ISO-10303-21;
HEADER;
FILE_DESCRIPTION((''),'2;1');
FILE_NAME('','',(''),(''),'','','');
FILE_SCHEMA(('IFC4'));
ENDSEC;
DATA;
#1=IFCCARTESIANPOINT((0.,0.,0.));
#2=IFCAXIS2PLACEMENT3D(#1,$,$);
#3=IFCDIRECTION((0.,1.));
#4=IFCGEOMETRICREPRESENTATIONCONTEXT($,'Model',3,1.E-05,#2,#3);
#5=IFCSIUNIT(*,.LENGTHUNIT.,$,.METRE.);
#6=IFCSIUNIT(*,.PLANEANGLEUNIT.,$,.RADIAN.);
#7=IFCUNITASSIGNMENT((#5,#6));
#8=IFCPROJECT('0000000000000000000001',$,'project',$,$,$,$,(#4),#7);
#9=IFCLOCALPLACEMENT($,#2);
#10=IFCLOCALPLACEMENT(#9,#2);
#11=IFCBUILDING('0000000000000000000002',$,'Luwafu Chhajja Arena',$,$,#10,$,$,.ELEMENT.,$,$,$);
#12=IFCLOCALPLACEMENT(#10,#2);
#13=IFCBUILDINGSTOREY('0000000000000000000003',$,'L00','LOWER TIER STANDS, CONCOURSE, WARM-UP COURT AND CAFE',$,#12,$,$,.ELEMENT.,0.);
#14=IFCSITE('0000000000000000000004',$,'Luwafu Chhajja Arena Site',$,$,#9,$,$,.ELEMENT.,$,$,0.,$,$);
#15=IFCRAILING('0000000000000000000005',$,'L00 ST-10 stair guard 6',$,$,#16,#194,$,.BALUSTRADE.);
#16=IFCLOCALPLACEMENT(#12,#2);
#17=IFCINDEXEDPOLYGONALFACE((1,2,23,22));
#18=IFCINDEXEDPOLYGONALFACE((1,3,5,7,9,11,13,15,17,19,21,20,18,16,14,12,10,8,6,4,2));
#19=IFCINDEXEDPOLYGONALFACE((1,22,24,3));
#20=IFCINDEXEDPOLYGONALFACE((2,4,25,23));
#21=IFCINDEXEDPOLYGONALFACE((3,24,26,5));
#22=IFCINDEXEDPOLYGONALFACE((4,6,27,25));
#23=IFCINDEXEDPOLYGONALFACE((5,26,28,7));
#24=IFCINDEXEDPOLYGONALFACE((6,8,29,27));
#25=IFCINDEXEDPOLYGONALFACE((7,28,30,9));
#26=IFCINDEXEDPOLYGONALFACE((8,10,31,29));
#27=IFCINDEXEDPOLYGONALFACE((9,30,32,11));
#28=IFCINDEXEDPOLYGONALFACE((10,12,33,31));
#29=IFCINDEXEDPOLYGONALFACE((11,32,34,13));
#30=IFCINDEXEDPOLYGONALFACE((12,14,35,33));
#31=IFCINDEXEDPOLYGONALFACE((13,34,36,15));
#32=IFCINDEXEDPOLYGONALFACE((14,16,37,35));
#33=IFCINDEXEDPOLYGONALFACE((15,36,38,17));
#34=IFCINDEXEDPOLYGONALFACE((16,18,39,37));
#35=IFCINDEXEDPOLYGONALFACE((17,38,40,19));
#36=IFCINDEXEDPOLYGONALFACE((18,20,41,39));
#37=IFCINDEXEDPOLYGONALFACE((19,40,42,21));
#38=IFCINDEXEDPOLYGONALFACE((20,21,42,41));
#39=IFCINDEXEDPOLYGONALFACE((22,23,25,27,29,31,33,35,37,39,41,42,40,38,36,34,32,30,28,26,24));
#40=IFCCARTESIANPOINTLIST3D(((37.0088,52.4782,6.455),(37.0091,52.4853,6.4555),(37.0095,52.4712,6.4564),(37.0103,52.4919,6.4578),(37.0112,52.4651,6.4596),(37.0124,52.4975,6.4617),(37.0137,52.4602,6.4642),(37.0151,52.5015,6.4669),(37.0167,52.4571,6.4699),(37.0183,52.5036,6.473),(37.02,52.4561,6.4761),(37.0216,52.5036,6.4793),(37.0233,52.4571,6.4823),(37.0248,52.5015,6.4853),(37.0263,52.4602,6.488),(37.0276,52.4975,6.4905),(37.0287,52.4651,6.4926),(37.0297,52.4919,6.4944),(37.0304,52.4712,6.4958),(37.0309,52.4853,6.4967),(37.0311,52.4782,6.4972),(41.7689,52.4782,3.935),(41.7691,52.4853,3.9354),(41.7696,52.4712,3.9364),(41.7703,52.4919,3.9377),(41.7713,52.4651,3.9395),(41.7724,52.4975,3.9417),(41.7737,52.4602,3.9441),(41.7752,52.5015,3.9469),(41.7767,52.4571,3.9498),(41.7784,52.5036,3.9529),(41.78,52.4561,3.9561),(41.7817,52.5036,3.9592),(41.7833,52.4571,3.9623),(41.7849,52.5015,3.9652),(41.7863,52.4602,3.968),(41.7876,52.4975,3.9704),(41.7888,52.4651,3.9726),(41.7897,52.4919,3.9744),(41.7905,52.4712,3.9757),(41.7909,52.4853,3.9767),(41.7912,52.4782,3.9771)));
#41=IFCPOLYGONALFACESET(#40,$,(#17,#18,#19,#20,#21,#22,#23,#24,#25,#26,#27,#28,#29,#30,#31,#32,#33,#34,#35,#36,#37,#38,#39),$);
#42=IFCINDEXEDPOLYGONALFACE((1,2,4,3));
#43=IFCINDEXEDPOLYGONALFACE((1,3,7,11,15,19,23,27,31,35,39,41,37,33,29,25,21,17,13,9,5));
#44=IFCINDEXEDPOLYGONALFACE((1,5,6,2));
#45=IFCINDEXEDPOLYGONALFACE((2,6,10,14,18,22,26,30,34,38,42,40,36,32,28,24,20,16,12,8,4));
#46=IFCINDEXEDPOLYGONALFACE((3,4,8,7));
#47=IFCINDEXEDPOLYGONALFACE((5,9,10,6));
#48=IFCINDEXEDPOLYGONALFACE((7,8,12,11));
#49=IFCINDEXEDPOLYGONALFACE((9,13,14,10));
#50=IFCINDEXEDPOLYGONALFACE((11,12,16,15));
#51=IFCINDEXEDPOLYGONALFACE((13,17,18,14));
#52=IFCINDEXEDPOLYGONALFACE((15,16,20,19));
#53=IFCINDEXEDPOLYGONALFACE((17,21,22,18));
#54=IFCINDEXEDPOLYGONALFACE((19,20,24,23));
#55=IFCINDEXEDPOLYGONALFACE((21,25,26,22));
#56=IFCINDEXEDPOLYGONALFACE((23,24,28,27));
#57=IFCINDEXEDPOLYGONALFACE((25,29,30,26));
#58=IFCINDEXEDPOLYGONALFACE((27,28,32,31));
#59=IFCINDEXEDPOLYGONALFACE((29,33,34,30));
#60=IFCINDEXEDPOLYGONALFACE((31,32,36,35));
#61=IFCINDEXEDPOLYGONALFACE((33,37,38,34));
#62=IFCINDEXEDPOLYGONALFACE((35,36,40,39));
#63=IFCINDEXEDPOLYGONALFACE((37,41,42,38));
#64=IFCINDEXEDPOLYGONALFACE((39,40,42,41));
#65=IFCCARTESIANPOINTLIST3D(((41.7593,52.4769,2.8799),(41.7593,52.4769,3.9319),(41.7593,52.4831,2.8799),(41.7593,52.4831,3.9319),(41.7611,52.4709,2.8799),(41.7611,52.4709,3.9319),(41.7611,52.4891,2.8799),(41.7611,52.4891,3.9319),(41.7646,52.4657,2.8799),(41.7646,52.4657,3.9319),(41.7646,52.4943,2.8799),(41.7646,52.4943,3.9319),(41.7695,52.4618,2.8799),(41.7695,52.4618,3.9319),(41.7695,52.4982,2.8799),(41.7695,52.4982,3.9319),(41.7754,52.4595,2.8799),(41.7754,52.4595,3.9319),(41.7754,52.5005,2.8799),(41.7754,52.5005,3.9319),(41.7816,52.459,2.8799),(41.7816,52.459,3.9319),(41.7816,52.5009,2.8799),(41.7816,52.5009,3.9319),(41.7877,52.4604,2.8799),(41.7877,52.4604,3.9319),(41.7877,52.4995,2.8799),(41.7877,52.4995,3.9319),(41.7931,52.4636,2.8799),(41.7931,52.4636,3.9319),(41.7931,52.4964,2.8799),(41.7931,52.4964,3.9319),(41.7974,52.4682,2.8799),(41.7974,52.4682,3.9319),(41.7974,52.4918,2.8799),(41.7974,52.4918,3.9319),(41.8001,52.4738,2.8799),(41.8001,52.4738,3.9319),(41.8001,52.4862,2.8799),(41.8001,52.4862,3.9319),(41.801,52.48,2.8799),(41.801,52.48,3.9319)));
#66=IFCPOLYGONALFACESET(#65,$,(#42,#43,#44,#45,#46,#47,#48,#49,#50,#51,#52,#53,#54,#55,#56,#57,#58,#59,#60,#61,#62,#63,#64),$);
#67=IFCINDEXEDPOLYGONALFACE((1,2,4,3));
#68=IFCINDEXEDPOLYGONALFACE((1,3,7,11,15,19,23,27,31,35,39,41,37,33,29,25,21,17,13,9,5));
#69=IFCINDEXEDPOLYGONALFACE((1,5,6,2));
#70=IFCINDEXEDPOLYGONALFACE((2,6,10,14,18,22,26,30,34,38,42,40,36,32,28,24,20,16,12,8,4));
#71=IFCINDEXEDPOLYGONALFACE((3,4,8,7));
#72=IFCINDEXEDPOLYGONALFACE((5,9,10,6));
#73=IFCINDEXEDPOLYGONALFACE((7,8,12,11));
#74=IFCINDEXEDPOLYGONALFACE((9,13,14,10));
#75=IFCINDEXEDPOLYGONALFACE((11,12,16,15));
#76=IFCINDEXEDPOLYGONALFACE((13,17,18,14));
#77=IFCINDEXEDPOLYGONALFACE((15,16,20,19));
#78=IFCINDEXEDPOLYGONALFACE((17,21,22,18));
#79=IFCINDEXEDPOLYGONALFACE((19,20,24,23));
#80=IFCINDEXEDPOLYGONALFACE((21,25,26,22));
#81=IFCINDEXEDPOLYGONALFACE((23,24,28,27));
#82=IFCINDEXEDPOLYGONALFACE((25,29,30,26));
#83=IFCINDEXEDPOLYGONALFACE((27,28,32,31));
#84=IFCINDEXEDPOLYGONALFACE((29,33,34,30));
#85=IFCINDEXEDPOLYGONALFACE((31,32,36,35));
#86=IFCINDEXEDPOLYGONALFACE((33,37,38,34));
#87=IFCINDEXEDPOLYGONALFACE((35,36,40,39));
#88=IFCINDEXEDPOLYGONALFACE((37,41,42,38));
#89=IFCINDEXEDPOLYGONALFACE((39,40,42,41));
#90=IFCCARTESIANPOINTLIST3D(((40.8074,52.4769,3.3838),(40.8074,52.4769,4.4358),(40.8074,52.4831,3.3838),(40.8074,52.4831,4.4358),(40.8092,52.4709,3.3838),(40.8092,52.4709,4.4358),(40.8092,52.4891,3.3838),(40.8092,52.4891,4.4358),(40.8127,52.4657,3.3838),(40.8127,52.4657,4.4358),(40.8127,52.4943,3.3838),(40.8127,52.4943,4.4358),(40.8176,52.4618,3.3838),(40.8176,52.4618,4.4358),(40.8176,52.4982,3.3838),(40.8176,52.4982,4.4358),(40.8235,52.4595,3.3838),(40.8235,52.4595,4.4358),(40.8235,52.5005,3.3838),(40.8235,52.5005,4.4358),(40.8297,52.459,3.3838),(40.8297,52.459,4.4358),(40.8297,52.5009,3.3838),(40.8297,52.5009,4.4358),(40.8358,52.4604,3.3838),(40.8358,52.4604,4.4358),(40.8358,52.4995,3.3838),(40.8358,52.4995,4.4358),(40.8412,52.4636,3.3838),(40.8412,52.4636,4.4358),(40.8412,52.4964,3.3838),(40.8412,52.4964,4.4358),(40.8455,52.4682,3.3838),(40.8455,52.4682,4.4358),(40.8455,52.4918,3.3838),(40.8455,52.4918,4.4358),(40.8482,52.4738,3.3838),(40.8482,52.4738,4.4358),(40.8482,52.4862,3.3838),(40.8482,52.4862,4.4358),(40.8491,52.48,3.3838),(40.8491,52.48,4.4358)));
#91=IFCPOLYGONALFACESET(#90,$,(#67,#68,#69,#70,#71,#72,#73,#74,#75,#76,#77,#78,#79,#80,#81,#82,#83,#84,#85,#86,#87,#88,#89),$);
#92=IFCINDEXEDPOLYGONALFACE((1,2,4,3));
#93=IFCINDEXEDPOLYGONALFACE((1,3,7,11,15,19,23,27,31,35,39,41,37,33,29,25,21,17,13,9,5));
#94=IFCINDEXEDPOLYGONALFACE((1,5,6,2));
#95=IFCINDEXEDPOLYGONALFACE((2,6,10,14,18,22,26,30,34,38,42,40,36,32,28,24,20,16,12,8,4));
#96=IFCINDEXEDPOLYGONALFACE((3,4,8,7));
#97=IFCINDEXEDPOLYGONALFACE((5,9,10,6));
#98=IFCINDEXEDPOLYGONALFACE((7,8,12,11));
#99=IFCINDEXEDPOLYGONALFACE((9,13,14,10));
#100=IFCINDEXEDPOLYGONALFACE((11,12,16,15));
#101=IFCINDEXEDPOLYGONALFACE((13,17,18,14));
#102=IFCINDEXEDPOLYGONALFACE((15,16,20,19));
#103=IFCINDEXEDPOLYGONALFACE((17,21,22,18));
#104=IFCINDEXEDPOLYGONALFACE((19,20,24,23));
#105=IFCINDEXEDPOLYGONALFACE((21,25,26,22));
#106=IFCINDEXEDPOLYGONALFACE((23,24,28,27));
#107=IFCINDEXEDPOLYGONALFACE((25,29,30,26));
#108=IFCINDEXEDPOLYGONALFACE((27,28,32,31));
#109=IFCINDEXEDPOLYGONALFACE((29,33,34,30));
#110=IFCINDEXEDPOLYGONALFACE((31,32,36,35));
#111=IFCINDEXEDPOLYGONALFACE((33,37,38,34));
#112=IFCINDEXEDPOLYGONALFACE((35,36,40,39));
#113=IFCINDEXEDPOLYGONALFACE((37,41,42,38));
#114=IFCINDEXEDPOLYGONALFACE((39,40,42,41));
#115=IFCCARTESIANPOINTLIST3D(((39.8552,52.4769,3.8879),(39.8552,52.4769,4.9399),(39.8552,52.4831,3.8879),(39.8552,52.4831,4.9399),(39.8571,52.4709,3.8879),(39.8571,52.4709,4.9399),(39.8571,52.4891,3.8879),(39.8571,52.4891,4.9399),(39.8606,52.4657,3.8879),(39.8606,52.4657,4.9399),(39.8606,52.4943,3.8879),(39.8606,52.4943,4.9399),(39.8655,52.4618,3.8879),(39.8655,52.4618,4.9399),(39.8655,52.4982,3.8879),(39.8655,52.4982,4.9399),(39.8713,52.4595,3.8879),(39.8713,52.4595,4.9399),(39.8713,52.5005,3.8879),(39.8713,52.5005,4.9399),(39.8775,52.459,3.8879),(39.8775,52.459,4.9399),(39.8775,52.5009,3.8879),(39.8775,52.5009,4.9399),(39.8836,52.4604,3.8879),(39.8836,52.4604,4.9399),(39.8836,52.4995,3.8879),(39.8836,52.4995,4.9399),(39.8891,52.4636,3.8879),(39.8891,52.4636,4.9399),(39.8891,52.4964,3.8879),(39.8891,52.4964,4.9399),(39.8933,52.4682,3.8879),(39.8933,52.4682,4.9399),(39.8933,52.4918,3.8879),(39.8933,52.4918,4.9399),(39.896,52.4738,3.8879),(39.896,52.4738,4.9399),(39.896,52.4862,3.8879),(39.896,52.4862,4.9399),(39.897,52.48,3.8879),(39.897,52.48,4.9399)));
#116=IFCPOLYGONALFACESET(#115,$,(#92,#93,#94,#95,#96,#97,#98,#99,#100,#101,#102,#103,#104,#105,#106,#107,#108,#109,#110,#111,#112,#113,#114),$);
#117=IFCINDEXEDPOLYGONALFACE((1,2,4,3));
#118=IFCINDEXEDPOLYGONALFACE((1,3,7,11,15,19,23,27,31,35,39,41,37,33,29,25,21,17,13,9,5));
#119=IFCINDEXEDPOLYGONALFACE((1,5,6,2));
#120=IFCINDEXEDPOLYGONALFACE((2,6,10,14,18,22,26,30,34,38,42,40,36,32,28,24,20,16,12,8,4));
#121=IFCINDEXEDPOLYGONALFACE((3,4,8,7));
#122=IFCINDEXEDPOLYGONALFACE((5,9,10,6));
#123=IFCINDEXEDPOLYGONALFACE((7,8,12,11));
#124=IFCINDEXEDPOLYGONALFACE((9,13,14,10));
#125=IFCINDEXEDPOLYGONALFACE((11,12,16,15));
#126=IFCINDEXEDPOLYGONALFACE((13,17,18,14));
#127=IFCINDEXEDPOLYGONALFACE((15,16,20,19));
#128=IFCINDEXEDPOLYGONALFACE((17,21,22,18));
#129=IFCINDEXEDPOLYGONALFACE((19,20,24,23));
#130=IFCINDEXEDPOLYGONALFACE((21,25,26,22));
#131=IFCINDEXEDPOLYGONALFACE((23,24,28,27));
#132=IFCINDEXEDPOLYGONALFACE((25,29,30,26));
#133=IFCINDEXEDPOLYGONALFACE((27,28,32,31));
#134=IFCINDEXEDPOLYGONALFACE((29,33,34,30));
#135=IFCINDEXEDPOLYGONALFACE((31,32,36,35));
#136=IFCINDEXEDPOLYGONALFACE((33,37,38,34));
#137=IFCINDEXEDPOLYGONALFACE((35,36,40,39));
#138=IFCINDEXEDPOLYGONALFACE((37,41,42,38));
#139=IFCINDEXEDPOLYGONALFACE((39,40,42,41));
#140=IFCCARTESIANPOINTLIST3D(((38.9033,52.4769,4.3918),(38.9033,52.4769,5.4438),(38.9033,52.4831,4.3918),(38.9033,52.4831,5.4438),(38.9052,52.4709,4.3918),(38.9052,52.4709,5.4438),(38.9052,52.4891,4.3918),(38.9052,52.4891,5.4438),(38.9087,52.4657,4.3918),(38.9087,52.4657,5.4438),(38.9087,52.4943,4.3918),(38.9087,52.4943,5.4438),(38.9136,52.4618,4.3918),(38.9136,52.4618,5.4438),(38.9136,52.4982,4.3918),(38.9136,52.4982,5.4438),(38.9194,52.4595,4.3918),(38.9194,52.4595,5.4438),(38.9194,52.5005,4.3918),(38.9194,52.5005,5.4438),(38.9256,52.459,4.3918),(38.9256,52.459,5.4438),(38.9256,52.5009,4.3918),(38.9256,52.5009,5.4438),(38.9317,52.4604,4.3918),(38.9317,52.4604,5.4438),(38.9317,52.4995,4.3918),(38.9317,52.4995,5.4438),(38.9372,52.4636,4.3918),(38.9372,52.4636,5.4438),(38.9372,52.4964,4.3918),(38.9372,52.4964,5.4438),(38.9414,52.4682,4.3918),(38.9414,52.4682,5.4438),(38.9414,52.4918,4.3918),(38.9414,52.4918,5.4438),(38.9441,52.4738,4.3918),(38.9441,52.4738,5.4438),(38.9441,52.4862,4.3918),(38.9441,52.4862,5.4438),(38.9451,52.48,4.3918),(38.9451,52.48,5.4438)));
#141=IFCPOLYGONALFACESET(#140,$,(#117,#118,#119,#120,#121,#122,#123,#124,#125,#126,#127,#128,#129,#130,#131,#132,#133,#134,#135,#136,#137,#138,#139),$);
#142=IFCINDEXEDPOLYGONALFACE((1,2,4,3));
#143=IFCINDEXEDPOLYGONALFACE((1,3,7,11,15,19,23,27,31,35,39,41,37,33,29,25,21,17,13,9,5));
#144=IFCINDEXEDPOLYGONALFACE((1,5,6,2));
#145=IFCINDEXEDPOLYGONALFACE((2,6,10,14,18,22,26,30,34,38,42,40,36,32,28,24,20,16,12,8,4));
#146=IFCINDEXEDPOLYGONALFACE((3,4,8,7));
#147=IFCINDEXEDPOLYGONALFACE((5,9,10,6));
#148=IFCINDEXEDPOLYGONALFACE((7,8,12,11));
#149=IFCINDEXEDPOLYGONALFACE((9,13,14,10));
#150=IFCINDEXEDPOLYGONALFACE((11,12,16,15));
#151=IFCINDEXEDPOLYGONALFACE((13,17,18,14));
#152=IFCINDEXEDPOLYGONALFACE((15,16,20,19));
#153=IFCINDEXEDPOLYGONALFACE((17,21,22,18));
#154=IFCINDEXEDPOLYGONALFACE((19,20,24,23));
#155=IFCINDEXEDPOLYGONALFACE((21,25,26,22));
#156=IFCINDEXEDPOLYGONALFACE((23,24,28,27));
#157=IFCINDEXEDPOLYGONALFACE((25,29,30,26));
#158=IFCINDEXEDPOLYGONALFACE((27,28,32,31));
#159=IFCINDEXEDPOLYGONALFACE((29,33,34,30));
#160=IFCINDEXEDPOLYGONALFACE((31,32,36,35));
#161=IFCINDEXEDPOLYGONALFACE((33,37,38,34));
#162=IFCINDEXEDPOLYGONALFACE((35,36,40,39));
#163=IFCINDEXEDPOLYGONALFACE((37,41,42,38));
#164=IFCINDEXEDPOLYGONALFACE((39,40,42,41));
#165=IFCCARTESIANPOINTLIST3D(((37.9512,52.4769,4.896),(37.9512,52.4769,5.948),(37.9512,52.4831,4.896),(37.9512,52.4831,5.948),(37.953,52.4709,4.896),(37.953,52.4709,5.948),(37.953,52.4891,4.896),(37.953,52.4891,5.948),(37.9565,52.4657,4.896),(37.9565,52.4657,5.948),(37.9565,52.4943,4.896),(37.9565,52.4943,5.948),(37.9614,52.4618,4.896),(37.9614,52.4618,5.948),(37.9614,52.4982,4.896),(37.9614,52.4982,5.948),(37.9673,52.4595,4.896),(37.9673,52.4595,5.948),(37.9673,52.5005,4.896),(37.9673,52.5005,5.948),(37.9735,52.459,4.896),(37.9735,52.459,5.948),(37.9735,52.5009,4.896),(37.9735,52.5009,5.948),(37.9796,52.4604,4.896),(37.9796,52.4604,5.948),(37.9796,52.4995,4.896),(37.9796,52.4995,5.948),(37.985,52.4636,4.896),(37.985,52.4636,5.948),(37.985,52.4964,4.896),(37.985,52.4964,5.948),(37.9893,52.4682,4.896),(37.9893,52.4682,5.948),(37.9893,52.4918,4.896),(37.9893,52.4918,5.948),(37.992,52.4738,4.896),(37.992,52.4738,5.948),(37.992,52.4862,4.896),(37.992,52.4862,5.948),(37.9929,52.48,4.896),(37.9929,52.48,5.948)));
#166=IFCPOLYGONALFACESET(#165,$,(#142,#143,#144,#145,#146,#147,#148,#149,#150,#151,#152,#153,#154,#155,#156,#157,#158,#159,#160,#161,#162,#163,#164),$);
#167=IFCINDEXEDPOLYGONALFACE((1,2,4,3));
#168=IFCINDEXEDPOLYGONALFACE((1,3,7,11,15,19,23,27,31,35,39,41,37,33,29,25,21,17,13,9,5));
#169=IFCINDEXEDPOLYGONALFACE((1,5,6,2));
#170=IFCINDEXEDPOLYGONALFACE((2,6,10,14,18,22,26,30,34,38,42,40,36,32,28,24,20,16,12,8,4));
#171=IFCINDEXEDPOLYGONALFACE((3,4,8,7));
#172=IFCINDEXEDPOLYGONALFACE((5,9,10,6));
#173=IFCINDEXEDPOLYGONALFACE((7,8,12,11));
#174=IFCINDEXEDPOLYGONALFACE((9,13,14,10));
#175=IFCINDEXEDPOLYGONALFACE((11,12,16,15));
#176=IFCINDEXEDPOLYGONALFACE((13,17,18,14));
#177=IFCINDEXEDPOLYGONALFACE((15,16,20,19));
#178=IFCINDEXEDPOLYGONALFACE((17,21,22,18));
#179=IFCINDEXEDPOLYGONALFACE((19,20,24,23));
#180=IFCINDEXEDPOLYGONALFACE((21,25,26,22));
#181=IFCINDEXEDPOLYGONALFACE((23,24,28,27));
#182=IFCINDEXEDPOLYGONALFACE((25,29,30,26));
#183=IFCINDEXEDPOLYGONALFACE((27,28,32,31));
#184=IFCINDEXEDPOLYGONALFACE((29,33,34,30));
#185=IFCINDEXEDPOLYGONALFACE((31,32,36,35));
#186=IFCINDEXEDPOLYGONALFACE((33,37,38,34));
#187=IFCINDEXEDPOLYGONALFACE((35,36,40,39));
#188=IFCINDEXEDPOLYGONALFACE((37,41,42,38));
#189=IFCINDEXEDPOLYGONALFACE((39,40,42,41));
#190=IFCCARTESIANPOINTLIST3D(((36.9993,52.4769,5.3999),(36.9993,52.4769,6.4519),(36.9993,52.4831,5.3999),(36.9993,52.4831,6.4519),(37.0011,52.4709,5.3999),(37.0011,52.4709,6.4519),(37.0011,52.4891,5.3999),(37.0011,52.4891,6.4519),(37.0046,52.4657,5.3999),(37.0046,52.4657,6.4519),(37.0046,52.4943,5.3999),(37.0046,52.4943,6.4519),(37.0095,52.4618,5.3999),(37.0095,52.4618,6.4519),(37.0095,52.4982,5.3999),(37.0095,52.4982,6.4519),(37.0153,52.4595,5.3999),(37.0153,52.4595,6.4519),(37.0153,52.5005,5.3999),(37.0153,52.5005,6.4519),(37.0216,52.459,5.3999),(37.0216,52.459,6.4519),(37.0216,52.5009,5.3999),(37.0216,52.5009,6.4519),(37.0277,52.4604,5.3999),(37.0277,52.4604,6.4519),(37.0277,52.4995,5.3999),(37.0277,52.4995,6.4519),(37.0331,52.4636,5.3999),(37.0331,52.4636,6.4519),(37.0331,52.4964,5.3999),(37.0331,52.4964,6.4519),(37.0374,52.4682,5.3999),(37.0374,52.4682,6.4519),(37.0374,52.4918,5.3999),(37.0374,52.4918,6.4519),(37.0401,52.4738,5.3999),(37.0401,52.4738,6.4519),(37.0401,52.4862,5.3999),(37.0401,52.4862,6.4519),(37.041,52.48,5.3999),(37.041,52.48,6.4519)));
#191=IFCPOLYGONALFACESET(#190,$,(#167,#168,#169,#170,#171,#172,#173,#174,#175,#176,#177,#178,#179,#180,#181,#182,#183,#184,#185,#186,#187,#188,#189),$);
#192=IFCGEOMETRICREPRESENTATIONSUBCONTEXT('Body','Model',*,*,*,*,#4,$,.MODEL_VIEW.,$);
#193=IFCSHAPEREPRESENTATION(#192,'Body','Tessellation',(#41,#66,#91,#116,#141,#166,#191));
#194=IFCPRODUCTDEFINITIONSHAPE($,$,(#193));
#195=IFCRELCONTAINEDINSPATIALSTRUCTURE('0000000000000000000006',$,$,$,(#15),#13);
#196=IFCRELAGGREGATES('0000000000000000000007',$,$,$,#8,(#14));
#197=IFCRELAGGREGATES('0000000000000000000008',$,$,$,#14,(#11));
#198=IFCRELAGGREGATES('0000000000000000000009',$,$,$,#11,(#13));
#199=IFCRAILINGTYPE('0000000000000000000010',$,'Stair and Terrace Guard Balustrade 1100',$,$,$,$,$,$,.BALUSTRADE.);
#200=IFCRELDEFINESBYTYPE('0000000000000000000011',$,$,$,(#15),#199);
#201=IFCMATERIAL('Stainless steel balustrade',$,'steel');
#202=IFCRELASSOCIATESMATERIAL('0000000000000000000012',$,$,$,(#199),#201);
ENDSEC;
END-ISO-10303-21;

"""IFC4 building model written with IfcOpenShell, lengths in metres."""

from ifc_helpers import new_model, si_unit, direction, frame, origin, origin_2d, place, context, subcontext, project, spatial, circle, extrude, material, type_object, element, save


model = new_model("IFC4")

# Units and contexts
model_context = context("Model", 3, precision=1e-05, world=origin(), true_north=direction((0.0, 1.0)))
body_context = subcontext(model_context, "Body", "Model", "MODEL_VIEW")
ifc_project = project(units=[si_unit("LENGTHUNIT", "METRE"), si_unit("PLANEANGLEUNIT", "RADIAN")], contexts=[model_context])

# Site, building, storey
site_placement = place(None, origin())
site = spatial("IfcSite", under=ifc_project, at=site_placement, Name="Luwafu Chhajja Arena Site", CompositionType="ELEMENT", RefElevation=0.0)
building_placement = place(site_placement, origin())
building = spatial("IfcBuilding", under=site, at=building_placement, Name="Luwafu Chhajja Arena", CompositionType="ELEMENT")
storey_placement = place(building_placement, origin())
storey = spatial("IfcBuildingStorey", under=building, at=storey_placement, Name="L00", Description="LOWER TIER STANDS, CONCOURSE, WARM-UP COURT AND CAFE", CompositionType="ELEMENT", Elevation=0.0)

# Railing
ifc_material_1 = material(Name="Stainless steel balustrade", Category="steel")
railing_type_1 = type_object("IfcRailingType", Name="Stair and Terrace Guard Balustrade 1100", PredefinedType="BALUSTRADE", material=ifc_material_1)
railing_1_placement = place(storey_placement, frame((41.78, 52.48, 2.8799)))
element("IfcRailing", 1, at=railing_1_placement, inside=storey, type_object=railing_type_1, Name="L00 ST-10 stair guard 6", PredefinedType="BALUSTRADE", context=body_context, shape_type="SweptSolid", body=[
    extrude(circle(Radius=0.0239, at=origin_2d()), frame((0.0, 0.0, 1.0762), z_axis=(-0.883787, 0.0, 0.46789), x_axis=(0.0, -1.0, 0.0)), (0.0, 0.0, 1.0), 5.386),
    extrude(circle(Radius=0.021, at=origin_2d()), origin(), (0.0, 0.0, 1.0), 1.052),
    extrude(circle(Radius=0.021, at=origin_2d()), frame((-0.9519, 0.0, 0.5039)), (0.0, 0.0, 1.0), 1.052),
    extrude(circle(Radius=0.021, at=origin_2d()), frame((-1.9041, 0.0, 1.0081)), (0.0, 0.0, 1.0), 1.052),
    extrude(circle(Radius=0.021, at=origin_2d()), frame((-2.856, 0.0, 1.512)), (0.0, 0.0, 1.0), 1.052),
    extrude(circle(Radius=0.021, at=origin_2d()), frame((-3.8081, 0.0, 2.0161)), (0.0, 0.0, 1.0), 1.052),
    extrude(circle(Radius=0.021, at=origin_2d()), frame((-4.76, 0.0, 2.52)), (0.0, 0.0, 1.0), 1.052),
])

save(model, "model.ifc")
